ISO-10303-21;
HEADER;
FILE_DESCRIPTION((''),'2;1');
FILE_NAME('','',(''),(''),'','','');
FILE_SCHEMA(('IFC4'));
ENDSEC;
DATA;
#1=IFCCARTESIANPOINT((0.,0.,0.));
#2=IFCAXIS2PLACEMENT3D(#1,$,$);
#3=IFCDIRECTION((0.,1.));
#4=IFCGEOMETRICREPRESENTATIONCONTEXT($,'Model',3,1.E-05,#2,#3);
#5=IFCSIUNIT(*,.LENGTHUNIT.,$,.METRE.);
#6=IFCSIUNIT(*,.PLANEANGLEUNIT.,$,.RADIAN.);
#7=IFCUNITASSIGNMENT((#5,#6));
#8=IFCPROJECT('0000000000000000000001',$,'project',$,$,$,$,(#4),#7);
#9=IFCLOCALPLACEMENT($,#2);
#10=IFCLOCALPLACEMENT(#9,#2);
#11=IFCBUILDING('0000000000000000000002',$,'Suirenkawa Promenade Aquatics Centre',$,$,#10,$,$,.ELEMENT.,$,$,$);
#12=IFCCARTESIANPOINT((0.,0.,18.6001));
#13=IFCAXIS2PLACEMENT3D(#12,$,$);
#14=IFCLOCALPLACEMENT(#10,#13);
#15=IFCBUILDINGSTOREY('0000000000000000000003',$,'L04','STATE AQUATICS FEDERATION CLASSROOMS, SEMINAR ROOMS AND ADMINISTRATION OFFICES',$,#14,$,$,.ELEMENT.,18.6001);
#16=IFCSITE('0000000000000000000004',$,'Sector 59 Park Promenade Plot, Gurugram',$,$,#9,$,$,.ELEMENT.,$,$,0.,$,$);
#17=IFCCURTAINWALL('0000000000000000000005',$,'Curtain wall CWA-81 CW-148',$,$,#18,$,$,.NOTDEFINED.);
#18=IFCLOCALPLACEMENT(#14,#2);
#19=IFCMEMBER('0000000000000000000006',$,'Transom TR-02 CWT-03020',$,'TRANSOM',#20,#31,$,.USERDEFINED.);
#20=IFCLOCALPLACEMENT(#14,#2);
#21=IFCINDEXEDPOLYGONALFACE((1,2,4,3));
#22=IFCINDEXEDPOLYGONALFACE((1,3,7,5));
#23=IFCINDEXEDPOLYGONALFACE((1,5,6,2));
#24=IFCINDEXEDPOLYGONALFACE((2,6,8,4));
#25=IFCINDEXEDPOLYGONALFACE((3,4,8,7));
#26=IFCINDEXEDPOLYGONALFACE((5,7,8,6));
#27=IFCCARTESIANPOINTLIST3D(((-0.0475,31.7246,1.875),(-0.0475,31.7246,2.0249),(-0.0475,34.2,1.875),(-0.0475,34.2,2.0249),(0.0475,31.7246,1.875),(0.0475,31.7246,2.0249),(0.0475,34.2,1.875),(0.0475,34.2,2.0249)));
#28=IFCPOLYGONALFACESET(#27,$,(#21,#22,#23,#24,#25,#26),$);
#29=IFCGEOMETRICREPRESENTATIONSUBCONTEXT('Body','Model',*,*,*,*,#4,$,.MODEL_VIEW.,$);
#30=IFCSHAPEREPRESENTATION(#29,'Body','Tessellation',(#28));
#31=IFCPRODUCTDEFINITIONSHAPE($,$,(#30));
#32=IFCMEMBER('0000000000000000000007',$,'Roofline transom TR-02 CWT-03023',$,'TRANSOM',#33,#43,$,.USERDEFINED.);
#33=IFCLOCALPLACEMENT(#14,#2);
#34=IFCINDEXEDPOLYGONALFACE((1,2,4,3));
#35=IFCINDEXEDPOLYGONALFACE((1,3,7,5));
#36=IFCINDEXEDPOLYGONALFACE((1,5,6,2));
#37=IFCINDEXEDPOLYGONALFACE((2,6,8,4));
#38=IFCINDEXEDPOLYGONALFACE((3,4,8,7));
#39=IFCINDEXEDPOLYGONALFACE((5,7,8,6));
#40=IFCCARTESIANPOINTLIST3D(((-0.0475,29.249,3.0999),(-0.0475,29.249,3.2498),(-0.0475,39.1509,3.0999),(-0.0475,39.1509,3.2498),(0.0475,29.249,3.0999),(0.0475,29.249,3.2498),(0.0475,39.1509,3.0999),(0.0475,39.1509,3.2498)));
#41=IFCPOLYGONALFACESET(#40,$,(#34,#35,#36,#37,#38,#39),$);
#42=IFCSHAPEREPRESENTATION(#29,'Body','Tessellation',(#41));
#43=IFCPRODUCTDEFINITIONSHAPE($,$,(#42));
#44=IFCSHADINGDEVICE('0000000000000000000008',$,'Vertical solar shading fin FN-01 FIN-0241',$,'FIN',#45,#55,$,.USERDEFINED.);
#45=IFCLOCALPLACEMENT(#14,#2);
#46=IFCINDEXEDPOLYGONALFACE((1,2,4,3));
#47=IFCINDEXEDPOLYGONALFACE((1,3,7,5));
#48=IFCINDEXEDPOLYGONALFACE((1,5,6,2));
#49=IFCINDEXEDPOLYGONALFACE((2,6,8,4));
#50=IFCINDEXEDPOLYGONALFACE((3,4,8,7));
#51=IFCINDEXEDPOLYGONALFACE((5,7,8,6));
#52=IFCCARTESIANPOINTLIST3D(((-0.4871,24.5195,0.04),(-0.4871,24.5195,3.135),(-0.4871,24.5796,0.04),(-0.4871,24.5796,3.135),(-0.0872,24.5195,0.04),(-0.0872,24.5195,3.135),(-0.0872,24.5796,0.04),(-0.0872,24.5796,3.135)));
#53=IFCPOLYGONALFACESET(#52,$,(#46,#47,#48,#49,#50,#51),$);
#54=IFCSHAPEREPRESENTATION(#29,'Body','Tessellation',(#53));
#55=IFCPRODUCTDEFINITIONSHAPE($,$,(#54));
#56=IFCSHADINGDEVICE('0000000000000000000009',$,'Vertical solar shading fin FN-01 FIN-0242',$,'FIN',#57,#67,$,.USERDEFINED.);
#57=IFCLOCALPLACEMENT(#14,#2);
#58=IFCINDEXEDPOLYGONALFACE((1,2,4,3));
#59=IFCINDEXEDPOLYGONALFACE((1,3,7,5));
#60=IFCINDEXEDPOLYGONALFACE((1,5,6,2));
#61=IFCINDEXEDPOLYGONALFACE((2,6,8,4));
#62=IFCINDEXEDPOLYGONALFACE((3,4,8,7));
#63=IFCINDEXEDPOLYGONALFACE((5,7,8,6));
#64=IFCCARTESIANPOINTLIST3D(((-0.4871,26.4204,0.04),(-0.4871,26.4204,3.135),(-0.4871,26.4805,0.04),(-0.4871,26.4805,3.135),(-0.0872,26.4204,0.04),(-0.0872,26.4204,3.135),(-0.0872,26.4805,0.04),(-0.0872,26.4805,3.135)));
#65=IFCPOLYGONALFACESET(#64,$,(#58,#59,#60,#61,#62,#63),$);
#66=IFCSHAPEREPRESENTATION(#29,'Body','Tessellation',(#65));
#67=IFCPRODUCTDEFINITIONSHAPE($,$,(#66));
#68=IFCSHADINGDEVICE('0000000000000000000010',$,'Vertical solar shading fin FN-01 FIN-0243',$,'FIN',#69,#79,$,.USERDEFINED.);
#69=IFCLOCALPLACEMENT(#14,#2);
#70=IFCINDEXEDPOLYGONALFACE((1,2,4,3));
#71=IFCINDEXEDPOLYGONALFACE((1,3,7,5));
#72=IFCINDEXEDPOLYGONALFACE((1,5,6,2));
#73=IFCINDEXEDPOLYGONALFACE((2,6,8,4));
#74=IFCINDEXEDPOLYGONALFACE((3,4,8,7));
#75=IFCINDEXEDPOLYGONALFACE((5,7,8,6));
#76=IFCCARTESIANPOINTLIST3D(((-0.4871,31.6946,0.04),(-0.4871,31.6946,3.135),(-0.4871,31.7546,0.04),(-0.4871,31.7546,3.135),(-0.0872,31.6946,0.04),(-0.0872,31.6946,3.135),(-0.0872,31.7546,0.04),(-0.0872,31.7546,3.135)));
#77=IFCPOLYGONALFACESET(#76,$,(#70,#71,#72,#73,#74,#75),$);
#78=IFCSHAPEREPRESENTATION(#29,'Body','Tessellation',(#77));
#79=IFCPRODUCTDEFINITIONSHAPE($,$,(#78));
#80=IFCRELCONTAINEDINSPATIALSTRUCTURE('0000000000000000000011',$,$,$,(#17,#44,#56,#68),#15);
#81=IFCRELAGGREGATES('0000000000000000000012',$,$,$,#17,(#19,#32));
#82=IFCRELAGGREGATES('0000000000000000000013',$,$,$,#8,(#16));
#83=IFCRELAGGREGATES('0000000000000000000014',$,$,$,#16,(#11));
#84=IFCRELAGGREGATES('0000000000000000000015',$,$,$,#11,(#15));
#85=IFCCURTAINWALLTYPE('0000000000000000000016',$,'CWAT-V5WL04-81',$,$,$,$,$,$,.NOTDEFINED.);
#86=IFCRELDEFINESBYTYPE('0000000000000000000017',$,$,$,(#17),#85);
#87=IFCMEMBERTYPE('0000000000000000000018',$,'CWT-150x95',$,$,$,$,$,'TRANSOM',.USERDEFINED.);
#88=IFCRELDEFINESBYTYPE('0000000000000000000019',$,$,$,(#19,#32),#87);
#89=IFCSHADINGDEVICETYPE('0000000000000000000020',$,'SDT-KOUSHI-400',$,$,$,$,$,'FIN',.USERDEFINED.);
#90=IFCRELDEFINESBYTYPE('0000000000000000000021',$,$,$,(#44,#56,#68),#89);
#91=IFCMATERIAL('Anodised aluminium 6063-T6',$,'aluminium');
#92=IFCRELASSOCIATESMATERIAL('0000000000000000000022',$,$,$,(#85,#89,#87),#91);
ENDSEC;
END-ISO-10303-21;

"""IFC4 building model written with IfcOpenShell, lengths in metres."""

from ifc_helpers import new_model, si_unit, direction, frame, origin, origin_2d, place, context, subcontext, project, spatial, rectangle, extrude, material, material_profile, profile_set, type_object, element, aggregate, save


model = new_model("IFC4")

# Units and contexts
model_context = context("Model", 3, precision=1e-05, world=origin(), true_north=direction((0.0, 1.0)))
body_context = subcontext(model_context, "Body", "Model", "MODEL_VIEW")
ifc_project = project(units=[si_unit("LENGTHUNIT", "METRE"), si_unit("PLANEANGLEUNIT", "RADIAN")], contexts=[model_context])

# Site, building, storey
site_placement = place(None, origin())
site = spatial("IfcSite", under=ifc_project, at=site_placement, Name="Sector 59 Park Promenade Plot, Gurugram", CompositionType="ELEMENT", RefElevation=0.0)
building_placement = place(site_placement, origin())
building = spatial("IfcBuilding", under=site, at=building_placement, Name="Suirenkawa Promenade Aquatics Centre", CompositionType="ELEMENT")
storey_placement = place(building_placement, frame((0.0, 0.0, 18.6001)))
storey = spatial("IfcBuildingStorey", under=building, at=storey_placement, Name="L04", Description="STATE AQUATICS FEDERATION CLASSROOMS, SEMINAR ROOMS AND ADMINISTRATION OFFICES", CompositionType="ELEMENT", Elevation=18.6001)

# Curtain wall
ifc_material_1 = material(Name="Anodised aluminium 6063-T6", Category="aluminium")
curtain_wall_type_1 = type_object("IfcCurtainWallType", Name="CWAT-V5WL04-81", PredefinedType="NOTDEFINED", material=ifc_material_1)
curtain_wall_1_placement = place(storey_placement, origin())
curtain_wall_1 = element("IfcCurtainWall", 1, at=curtain_wall_1_placement, inside=storey, type_object=curtain_wall_type_1, Name="Curtain wall CWA-81 CW-148", PredefinedType="NOTDEFINED")

# Members
ifc_material_profile_1 = material_profile(ifc_material_1, rectangle(XDim=0.095, YDim=0.1499, at=origin_2d()), Name="ALU TRAN 95x150", Category="aluminium")
ifc_profile_set_1 = profile_set([ifc_material_profile_1], Name="Anodised aluminium 6063-T6")
member_type_1 = type_object("IfcMemberType", Name="CWT-150x95", ElementType="TRANSOM", PredefinedType="USERDEFINED", material=ifc_profile_set_1)
member_1_placement = place(storey_placement, frame((0.0, 31.7246, 1.95), z_axis=(0.0, 1.0, 0.0), x_axis=(-1.0, 0.0, 0.0)))
member_1 = element("IfcMember", 2, at=member_1_placement, type_object=member_type_1, Name="Transom TR-02 CWT-03020", ObjectType="TRANSOM", PredefinedType="USERDEFINED", context=body_context, shape_type="SweptSolid", body=[
    extrude(rectangle(XDim=0.095, YDim=0.1499, at=origin_2d()), origin(), (0.0, 0.0, 1.0), 2.4753),
])
member_2_placement = place(storey_placement, frame((0.0, 29.249, 3.1748), z_axis=(0.0, 1.0, 0.0), x_axis=(-1.0, 0.0, 0.0)))
member_2 = element("IfcMember", 3, at=member_2_placement, type_object=member_type_1, Name="Roofline transom TR-02 CWT-03023", ObjectType="TRANSOM", PredefinedType="USERDEFINED", context=body_context, shape_type="SweptSolid", body=[
    extrude(rectangle(XDim=0.095, YDim=0.1499, at=origin_2d()), origin(), (0.0, 0.0, 1.0), 9.9019),
])

aggregate(curtain_wall_1, [member_1, member_2])

# Shading devices
shading_device_type = type_object("IfcShadingDeviceType", Name="SDT-KOUSHI-400", ElementType="FIN", PredefinedType="USERDEFINED", material=ifc_material_1)
for number, where, z_axis, x_axis, name in (
    (4, (-0.2871, 24.5496, 0.04), (0.0, 0.0, 1.0), (-1.0, 0.0, 0.0), "Vertical solar shading fin FN-01 FIN-0241"),
    (5, (-0.2871, 26.4504, 0.04), (0.0, 0.0, 1.0), (-1.0, 0.0, 0.0), "Vertical solar shading fin FN-01 FIN-0242"),
    (6, (-0.2871, 31.7246, 0.04), (0.0, 0.0, 1.0), (-1.0, 0.0, 0.0), "Vertical solar shading fin FN-01 FIN-0243"),
):
    element("IfcShadingDevice", number, at=place(storey_placement, frame(where, z_axis=z_axis, x_axis=x_axis)), inside=storey, type_object=shading_device_type, Name=name, ObjectType="FIN", PredefinedType="USERDEFINED", context=body_context, shape_type="SweptSolid", body=[
        extrude(rectangle(XDim=0.3999, YDim=0.0601, at=origin_2d()), origin(), (0.0, 0.0, 1.0), 3.095),
    ])

save(model, "model.ifc")
